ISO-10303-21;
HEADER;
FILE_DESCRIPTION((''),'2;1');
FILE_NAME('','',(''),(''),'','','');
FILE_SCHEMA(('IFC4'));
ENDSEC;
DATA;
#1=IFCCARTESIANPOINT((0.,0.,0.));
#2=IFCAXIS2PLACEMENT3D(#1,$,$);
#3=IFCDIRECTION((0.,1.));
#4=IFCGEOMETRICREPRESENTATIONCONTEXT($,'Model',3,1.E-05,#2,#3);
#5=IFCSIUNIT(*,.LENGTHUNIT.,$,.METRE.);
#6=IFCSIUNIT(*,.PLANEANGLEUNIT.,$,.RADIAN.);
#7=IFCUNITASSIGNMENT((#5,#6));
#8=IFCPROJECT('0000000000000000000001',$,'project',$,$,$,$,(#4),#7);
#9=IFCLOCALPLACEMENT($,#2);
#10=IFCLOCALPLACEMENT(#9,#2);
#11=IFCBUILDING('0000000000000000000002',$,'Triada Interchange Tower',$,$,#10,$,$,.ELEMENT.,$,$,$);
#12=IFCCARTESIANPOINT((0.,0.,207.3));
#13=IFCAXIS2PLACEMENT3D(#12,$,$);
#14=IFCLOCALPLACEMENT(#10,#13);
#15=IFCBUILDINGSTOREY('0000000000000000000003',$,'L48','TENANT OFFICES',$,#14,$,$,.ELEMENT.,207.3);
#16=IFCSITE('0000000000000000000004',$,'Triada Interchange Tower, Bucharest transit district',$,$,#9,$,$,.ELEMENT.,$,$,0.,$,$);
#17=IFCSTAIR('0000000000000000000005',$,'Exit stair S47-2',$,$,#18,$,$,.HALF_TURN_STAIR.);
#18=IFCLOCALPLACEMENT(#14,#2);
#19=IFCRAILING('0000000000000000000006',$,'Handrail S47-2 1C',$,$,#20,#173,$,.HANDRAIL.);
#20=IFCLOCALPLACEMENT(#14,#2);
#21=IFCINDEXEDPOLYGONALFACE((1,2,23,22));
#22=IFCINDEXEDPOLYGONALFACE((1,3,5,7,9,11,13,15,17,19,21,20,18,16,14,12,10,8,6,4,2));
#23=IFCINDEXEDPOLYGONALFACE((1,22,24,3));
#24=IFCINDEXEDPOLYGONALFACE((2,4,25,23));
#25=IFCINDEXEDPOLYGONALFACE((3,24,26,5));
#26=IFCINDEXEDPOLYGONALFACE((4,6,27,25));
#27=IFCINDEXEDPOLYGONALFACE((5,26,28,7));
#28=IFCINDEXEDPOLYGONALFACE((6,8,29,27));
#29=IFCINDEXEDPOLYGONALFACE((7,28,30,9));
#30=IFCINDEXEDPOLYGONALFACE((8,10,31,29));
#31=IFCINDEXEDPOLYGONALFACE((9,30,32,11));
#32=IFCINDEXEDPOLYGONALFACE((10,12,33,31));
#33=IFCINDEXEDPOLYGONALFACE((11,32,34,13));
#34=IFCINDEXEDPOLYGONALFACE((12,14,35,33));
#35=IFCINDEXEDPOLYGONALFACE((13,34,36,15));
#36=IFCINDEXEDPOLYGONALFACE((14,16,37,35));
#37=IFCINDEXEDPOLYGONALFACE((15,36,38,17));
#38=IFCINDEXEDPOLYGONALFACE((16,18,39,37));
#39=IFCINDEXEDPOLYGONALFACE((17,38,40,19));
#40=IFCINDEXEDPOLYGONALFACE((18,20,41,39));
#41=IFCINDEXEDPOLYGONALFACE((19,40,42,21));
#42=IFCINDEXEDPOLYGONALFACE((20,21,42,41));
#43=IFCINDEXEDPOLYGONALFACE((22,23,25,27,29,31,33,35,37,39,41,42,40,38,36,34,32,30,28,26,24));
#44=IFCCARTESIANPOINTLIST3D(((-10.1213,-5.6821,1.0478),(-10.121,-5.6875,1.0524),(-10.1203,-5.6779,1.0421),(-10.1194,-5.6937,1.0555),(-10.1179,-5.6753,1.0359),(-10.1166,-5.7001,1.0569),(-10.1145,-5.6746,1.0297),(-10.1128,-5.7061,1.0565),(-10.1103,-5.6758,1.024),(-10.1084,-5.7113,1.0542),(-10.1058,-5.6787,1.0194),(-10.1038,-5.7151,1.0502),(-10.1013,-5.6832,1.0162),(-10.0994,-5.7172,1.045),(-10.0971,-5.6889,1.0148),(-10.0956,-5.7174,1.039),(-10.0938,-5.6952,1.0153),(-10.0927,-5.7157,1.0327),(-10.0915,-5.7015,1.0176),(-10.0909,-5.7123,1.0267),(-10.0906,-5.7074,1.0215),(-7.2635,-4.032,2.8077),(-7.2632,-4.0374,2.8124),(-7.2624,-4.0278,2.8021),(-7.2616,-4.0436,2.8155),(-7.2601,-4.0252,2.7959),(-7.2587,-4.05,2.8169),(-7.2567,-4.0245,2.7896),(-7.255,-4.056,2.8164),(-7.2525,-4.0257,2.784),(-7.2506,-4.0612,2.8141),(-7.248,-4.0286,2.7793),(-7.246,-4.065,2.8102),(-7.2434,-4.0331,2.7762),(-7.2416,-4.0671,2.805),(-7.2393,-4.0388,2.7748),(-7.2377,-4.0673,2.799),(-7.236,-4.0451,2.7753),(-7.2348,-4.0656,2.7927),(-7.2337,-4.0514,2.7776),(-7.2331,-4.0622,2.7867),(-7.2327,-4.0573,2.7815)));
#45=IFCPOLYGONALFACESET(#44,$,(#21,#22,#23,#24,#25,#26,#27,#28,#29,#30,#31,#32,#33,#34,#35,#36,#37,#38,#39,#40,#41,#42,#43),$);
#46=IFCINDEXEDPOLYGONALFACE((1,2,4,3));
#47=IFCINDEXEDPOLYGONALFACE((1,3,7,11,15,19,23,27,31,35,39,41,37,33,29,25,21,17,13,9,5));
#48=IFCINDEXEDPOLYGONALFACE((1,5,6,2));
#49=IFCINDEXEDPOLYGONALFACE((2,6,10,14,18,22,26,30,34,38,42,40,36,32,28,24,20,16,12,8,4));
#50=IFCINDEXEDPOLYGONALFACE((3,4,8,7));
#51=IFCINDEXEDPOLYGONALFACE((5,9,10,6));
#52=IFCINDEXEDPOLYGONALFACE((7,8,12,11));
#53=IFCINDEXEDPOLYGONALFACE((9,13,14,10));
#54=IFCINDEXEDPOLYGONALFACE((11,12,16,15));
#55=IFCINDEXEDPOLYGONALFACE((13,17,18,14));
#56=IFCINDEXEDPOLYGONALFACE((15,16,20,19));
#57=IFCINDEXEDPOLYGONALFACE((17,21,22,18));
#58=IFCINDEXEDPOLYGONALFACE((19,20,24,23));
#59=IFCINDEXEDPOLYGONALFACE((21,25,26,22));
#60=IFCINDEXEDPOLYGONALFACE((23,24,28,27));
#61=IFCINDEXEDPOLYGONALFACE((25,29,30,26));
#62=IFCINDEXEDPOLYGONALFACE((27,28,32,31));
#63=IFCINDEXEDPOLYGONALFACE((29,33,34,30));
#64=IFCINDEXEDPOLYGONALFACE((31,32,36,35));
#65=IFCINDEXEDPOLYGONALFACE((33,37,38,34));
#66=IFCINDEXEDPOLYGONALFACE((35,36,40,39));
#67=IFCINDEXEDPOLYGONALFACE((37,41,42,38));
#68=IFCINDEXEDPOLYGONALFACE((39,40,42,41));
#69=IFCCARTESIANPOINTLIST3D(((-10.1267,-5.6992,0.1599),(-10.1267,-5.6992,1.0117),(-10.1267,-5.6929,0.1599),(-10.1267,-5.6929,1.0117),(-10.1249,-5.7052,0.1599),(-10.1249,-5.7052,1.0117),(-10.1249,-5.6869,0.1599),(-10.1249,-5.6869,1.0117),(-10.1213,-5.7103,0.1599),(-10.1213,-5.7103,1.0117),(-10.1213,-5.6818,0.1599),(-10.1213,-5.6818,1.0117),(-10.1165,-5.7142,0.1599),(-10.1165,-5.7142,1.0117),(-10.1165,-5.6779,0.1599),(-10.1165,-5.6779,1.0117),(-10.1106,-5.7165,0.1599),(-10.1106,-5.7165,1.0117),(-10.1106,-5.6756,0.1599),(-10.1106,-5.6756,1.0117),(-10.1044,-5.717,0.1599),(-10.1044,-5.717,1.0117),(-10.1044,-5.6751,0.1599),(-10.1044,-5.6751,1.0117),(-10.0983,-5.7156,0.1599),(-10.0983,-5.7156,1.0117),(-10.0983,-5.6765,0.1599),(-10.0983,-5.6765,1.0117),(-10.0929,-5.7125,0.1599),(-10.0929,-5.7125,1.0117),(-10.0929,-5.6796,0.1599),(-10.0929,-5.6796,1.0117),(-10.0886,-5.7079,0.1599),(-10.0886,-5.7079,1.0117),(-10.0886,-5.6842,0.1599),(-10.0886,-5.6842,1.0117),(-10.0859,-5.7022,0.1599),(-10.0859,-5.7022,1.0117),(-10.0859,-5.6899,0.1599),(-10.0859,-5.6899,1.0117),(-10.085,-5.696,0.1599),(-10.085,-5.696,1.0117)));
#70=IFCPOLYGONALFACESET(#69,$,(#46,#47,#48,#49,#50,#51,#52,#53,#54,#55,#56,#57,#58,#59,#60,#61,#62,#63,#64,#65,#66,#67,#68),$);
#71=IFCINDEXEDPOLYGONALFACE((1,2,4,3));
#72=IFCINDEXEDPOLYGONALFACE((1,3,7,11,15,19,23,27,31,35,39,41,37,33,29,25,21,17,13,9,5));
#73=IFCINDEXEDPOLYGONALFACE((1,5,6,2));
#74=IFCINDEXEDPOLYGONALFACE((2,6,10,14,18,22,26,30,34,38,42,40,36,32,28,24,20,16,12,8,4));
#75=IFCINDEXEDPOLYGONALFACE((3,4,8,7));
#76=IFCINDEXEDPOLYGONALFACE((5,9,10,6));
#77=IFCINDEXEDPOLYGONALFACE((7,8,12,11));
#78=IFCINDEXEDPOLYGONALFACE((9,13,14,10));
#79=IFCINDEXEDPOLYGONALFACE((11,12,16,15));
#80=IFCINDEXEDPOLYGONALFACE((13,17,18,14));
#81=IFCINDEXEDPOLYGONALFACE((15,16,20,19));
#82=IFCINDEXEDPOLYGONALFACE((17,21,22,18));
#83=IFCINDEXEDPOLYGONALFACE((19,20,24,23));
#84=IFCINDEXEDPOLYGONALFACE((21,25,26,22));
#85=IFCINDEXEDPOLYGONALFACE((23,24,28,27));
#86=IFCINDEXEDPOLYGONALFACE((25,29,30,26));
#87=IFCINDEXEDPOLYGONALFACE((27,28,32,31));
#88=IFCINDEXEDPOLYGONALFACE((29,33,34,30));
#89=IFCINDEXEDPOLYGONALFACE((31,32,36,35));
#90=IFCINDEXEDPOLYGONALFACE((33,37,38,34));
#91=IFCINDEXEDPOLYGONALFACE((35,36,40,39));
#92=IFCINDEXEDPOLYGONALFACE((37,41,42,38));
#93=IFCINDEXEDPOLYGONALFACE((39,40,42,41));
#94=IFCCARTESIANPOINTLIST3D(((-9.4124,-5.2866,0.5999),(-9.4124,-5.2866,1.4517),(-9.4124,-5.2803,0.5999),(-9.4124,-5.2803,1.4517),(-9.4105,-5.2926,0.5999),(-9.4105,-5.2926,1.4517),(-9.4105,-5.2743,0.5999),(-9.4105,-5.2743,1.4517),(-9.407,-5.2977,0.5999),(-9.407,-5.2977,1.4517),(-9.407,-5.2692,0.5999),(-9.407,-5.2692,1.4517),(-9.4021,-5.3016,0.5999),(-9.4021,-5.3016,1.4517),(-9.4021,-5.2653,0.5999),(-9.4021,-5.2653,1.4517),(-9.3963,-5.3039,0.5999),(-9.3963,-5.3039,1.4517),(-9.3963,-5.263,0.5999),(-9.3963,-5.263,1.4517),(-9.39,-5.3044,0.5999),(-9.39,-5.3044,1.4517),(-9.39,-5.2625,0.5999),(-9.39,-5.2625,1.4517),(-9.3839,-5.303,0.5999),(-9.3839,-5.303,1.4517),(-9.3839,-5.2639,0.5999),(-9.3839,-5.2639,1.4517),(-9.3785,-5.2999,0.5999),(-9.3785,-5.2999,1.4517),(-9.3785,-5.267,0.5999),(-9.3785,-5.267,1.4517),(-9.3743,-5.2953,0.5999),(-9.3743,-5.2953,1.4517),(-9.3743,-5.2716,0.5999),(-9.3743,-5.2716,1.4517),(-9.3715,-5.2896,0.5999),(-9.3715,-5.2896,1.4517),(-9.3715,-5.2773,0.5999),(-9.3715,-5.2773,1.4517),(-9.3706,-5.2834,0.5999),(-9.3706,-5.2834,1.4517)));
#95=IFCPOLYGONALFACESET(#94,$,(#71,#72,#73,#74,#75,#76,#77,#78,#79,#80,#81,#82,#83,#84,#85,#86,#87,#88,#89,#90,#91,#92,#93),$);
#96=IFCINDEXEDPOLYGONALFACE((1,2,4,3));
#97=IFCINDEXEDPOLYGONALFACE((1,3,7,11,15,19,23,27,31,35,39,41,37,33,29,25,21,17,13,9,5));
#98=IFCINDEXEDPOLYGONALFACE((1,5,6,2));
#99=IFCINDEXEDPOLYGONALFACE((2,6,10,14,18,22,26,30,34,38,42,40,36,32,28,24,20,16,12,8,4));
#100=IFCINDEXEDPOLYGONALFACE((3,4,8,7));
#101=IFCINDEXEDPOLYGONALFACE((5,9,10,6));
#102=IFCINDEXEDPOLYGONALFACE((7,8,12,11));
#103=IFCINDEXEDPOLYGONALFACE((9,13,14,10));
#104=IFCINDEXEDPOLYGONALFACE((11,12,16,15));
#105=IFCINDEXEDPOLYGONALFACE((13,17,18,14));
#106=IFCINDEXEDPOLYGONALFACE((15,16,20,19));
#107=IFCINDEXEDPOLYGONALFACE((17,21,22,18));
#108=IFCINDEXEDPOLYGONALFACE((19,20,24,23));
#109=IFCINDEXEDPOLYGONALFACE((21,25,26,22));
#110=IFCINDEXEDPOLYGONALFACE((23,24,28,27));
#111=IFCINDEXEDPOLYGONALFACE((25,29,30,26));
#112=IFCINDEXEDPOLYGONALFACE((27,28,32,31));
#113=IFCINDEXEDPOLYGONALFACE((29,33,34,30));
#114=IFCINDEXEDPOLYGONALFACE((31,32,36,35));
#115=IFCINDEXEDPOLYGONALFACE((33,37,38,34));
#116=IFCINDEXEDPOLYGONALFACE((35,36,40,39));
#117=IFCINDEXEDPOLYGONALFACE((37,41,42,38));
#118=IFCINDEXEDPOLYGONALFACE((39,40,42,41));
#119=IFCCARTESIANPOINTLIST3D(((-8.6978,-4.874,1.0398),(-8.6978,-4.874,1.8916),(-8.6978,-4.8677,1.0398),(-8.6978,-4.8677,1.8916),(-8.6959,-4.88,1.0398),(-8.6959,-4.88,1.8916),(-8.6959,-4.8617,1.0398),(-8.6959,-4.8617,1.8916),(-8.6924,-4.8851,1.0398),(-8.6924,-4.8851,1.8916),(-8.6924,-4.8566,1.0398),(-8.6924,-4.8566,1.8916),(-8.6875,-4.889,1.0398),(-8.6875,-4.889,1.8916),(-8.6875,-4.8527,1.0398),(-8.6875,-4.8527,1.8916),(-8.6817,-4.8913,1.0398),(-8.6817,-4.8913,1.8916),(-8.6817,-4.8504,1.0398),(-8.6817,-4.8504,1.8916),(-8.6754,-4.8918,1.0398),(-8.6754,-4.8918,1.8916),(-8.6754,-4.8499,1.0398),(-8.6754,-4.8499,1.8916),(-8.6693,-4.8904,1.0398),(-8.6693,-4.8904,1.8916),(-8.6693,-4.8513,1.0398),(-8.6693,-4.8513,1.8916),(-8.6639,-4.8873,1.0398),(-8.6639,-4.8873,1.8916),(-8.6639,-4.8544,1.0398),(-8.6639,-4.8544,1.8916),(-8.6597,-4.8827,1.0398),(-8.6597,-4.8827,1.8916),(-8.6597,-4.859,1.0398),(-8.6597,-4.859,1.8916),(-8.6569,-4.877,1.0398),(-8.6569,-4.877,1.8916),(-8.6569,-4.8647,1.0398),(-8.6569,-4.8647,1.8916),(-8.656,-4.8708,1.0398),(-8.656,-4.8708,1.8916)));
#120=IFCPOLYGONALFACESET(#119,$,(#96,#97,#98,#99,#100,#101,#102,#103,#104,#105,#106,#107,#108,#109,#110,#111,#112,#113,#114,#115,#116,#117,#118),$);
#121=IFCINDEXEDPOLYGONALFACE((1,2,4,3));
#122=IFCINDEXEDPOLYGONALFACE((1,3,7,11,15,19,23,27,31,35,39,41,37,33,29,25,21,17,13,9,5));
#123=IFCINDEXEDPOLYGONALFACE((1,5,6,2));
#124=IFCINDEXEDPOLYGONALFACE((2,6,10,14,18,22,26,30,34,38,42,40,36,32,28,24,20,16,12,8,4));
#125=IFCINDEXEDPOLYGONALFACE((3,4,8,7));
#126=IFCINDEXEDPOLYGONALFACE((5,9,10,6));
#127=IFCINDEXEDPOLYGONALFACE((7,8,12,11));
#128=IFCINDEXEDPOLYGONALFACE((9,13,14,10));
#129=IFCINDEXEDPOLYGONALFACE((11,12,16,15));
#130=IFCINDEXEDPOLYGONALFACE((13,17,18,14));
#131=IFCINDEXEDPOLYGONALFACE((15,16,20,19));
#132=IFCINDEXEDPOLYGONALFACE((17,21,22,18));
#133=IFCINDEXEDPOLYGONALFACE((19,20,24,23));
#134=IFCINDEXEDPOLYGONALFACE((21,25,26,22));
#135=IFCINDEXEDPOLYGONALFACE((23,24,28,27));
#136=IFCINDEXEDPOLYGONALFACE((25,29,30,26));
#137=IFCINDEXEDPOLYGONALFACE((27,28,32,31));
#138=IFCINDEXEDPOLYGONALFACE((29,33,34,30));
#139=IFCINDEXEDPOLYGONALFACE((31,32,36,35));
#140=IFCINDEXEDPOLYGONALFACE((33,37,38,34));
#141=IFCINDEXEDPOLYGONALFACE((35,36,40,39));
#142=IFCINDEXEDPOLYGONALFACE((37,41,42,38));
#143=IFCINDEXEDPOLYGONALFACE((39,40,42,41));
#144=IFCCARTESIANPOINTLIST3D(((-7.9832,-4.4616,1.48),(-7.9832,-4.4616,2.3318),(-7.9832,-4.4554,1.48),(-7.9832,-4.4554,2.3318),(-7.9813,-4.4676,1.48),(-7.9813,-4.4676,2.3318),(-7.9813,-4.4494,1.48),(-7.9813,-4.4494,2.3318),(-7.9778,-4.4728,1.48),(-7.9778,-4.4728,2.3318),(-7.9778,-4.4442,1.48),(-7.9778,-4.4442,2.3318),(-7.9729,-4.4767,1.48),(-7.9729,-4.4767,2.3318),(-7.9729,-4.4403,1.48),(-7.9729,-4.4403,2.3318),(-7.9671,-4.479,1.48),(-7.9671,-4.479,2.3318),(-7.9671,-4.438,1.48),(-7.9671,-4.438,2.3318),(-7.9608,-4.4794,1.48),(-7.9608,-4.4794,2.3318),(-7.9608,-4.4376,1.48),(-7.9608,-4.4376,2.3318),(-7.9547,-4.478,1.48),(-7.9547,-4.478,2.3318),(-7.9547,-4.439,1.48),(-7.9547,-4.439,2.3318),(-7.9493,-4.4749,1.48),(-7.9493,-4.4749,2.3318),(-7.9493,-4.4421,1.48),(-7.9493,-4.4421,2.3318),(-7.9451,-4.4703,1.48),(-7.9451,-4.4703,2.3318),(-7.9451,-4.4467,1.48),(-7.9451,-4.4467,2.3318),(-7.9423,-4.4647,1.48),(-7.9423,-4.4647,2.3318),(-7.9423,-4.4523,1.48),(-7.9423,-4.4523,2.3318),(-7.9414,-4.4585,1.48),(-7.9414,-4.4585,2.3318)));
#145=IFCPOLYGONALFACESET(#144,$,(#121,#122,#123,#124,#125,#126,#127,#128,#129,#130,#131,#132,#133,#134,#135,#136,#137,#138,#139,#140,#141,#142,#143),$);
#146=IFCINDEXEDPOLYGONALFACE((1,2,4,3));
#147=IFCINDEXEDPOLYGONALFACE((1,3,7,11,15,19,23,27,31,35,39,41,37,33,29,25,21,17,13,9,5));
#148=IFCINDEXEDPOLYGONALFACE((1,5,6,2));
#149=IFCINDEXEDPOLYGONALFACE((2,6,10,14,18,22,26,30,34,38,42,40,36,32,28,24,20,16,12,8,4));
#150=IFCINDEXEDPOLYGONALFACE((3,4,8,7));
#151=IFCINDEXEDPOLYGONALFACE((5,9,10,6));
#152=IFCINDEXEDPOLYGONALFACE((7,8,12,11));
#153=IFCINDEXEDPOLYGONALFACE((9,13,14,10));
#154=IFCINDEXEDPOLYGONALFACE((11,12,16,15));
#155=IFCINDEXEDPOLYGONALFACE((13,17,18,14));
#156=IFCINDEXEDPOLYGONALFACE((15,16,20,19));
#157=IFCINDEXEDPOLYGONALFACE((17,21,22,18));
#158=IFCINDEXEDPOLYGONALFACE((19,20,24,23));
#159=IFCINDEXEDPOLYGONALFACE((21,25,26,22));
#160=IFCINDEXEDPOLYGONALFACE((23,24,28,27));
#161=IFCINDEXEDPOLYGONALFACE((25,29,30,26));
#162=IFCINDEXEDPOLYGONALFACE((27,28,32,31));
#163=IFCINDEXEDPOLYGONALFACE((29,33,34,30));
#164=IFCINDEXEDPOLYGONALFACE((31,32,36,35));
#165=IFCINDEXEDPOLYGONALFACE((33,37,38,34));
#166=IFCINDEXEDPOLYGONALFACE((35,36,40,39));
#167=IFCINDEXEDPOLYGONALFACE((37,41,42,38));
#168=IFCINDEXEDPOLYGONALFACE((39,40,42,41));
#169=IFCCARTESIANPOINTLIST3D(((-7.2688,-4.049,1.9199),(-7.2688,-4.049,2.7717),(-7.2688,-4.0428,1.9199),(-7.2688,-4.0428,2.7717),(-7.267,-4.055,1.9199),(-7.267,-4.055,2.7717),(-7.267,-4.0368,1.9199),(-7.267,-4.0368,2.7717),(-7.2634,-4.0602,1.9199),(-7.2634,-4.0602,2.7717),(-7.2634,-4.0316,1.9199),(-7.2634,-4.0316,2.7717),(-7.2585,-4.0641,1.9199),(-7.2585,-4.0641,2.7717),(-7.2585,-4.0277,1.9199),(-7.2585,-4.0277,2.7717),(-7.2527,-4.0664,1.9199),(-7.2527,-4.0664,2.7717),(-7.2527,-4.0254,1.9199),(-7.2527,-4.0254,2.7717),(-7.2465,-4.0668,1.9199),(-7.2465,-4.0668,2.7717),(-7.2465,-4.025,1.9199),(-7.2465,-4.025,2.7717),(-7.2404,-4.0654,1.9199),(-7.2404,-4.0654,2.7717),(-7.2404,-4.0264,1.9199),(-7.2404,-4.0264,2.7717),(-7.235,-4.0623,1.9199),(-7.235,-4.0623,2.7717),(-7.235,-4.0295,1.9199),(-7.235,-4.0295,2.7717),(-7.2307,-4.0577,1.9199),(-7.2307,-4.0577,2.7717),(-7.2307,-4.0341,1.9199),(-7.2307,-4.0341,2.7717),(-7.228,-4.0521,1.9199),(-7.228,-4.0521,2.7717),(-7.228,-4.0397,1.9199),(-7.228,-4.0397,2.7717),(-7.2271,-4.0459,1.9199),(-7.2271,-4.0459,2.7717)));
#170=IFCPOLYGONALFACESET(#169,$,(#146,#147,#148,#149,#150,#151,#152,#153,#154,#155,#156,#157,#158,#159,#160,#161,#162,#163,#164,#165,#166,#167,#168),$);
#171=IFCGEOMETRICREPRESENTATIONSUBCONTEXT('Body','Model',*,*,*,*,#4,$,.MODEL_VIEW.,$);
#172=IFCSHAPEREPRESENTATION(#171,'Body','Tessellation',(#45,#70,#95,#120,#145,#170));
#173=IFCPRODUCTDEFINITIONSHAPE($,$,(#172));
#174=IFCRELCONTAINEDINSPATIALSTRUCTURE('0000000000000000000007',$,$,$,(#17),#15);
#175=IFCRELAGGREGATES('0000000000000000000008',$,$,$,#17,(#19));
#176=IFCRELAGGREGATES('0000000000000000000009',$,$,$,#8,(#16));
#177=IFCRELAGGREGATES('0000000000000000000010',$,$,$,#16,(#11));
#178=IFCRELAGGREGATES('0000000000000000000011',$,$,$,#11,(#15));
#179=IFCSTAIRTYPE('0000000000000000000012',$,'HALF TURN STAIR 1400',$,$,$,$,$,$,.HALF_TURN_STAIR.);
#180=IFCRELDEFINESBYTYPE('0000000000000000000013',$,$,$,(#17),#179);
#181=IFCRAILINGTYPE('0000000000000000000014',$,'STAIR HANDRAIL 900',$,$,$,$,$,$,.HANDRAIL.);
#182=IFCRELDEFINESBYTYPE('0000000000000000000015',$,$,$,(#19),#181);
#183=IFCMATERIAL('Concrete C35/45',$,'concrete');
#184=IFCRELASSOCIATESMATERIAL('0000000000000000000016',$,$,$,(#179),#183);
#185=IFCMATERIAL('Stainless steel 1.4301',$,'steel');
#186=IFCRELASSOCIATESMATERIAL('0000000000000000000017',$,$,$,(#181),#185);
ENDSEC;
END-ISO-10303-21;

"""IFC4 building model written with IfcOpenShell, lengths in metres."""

from ifc_helpers import new_model, si_unit, direction, frame, origin, origin_2d, place, context, subcontext, project, spatial, circle, extrude, material, type_object, element, aggregate, save


model = new_model("IFC4")

# Units and contexts
model_context = context("Model", 3, precision=1e-05, world=origin(), true_north=direction((0.0, 1.0)))
body_context = subcontext(model_context, "Body", "Model", "MODEL_VIEW")
ifc_project = project(units=[si_unit("LENGTHUNIT", "METRE"), si_unit("PLANEANGLEUNIT", "RADIAN")], contexts=[model_context])

# Site, building, storey
site_placement = place(None, origin())
site = spatial("IfcSite", under=ifc_project, at=site_placement, Name="Triada Interchange Tower, Bucharest transit district", CompositionType="ELEMENT", RefElevation=0.0)
building_placement = place(site_placement, origin())
building = spatial("IfcBuilding", under=site, at=building_placement, Name="Triada Interchange Tower", CompositionType="ELEMENT")
storey_placement = place(building_placement, frame((0.0, 0.0, 207.3)))
storey = spatial("IfcBuildingStorey", under=building, at=storey_placement, Name="L48", Description="TENANT OFFICES", CompositionType="ELEMENT", Elevation=207.3)

# Stair, railing
ifc_material_1 = material(Name="Concrete C35/45", Category="concrete")
stair_type = type_object("IfcStairType", Name="HALF TURN STAIR 1400", PredefinedType="HALF_TURN_STAIR", material=ifc_material_1)
stair_placement = place(storey_placement, origin())
stair = element("IfcStair", 1, at=stair_placement, inside=storey, type_object=stair_type, Name="Exit stair S47-2", PredefinedType="HALF_TURN_STAIR")
ifc_material_2 = material(Name="Stainless steel 1.4301", Category="steel")
railing_type = type_object("IfcRailingType", Name="STAIR HANDRAIL 900", PredefinedType="HANDRAIL", material=ifc_material_2)
railing_1_placement = place(storey_placement, frame((-10.106, -5.696, 0.1599)))
railing_1 = element("IfcRailing", 2, at=railing_1_placement, type_object=railing_type, Name="Handrail S47-2 1C", PredefinedType="HANDRAIL", context=body_context, shape_type="SweptSolid", body=[
    extrude(circle(Radius=0.0239, at=origin_2d()), frame((0.0, 0.0, 0.876), z_axis=(0.764129, 0.441205, 0.47058), x_axis=(-0.50003, 0.866008, 0.0)), (0.0, 0.0, 1.0), 3.74),
    extrude(circle(Radius=0.021, at=origin_2d()), origin(), (0.0, 0.0, 1.0), 0.8518),
    extrude(circle(Radius=0.021, at=origin_2d()), frame((0.7144, 0.4126, 0.4399)), (0.0, 0.0, 1.0), 0.8518),
    extrude(circle(Radius=0.021, at=origin_2d()), frame((1.429, 0.8252, 0.8799)), (0.0, 0.0, 1.0), 0.8518),
    extrude(circle(Radius=0.021, at=origin_2d()), frame((2.1436, 1.2375, 1.3201)), (0.0, 0.0, 1.0), 0.8518),
    extrude(circle(Radius=0.021, at=origin_2d()), frame((2.8579, 1.6501, 1.76)), (0.0, 0.0, 1.0), 0.8518),
])
aggregate(stair, [railing_1])

save(model, "model.ifc")
